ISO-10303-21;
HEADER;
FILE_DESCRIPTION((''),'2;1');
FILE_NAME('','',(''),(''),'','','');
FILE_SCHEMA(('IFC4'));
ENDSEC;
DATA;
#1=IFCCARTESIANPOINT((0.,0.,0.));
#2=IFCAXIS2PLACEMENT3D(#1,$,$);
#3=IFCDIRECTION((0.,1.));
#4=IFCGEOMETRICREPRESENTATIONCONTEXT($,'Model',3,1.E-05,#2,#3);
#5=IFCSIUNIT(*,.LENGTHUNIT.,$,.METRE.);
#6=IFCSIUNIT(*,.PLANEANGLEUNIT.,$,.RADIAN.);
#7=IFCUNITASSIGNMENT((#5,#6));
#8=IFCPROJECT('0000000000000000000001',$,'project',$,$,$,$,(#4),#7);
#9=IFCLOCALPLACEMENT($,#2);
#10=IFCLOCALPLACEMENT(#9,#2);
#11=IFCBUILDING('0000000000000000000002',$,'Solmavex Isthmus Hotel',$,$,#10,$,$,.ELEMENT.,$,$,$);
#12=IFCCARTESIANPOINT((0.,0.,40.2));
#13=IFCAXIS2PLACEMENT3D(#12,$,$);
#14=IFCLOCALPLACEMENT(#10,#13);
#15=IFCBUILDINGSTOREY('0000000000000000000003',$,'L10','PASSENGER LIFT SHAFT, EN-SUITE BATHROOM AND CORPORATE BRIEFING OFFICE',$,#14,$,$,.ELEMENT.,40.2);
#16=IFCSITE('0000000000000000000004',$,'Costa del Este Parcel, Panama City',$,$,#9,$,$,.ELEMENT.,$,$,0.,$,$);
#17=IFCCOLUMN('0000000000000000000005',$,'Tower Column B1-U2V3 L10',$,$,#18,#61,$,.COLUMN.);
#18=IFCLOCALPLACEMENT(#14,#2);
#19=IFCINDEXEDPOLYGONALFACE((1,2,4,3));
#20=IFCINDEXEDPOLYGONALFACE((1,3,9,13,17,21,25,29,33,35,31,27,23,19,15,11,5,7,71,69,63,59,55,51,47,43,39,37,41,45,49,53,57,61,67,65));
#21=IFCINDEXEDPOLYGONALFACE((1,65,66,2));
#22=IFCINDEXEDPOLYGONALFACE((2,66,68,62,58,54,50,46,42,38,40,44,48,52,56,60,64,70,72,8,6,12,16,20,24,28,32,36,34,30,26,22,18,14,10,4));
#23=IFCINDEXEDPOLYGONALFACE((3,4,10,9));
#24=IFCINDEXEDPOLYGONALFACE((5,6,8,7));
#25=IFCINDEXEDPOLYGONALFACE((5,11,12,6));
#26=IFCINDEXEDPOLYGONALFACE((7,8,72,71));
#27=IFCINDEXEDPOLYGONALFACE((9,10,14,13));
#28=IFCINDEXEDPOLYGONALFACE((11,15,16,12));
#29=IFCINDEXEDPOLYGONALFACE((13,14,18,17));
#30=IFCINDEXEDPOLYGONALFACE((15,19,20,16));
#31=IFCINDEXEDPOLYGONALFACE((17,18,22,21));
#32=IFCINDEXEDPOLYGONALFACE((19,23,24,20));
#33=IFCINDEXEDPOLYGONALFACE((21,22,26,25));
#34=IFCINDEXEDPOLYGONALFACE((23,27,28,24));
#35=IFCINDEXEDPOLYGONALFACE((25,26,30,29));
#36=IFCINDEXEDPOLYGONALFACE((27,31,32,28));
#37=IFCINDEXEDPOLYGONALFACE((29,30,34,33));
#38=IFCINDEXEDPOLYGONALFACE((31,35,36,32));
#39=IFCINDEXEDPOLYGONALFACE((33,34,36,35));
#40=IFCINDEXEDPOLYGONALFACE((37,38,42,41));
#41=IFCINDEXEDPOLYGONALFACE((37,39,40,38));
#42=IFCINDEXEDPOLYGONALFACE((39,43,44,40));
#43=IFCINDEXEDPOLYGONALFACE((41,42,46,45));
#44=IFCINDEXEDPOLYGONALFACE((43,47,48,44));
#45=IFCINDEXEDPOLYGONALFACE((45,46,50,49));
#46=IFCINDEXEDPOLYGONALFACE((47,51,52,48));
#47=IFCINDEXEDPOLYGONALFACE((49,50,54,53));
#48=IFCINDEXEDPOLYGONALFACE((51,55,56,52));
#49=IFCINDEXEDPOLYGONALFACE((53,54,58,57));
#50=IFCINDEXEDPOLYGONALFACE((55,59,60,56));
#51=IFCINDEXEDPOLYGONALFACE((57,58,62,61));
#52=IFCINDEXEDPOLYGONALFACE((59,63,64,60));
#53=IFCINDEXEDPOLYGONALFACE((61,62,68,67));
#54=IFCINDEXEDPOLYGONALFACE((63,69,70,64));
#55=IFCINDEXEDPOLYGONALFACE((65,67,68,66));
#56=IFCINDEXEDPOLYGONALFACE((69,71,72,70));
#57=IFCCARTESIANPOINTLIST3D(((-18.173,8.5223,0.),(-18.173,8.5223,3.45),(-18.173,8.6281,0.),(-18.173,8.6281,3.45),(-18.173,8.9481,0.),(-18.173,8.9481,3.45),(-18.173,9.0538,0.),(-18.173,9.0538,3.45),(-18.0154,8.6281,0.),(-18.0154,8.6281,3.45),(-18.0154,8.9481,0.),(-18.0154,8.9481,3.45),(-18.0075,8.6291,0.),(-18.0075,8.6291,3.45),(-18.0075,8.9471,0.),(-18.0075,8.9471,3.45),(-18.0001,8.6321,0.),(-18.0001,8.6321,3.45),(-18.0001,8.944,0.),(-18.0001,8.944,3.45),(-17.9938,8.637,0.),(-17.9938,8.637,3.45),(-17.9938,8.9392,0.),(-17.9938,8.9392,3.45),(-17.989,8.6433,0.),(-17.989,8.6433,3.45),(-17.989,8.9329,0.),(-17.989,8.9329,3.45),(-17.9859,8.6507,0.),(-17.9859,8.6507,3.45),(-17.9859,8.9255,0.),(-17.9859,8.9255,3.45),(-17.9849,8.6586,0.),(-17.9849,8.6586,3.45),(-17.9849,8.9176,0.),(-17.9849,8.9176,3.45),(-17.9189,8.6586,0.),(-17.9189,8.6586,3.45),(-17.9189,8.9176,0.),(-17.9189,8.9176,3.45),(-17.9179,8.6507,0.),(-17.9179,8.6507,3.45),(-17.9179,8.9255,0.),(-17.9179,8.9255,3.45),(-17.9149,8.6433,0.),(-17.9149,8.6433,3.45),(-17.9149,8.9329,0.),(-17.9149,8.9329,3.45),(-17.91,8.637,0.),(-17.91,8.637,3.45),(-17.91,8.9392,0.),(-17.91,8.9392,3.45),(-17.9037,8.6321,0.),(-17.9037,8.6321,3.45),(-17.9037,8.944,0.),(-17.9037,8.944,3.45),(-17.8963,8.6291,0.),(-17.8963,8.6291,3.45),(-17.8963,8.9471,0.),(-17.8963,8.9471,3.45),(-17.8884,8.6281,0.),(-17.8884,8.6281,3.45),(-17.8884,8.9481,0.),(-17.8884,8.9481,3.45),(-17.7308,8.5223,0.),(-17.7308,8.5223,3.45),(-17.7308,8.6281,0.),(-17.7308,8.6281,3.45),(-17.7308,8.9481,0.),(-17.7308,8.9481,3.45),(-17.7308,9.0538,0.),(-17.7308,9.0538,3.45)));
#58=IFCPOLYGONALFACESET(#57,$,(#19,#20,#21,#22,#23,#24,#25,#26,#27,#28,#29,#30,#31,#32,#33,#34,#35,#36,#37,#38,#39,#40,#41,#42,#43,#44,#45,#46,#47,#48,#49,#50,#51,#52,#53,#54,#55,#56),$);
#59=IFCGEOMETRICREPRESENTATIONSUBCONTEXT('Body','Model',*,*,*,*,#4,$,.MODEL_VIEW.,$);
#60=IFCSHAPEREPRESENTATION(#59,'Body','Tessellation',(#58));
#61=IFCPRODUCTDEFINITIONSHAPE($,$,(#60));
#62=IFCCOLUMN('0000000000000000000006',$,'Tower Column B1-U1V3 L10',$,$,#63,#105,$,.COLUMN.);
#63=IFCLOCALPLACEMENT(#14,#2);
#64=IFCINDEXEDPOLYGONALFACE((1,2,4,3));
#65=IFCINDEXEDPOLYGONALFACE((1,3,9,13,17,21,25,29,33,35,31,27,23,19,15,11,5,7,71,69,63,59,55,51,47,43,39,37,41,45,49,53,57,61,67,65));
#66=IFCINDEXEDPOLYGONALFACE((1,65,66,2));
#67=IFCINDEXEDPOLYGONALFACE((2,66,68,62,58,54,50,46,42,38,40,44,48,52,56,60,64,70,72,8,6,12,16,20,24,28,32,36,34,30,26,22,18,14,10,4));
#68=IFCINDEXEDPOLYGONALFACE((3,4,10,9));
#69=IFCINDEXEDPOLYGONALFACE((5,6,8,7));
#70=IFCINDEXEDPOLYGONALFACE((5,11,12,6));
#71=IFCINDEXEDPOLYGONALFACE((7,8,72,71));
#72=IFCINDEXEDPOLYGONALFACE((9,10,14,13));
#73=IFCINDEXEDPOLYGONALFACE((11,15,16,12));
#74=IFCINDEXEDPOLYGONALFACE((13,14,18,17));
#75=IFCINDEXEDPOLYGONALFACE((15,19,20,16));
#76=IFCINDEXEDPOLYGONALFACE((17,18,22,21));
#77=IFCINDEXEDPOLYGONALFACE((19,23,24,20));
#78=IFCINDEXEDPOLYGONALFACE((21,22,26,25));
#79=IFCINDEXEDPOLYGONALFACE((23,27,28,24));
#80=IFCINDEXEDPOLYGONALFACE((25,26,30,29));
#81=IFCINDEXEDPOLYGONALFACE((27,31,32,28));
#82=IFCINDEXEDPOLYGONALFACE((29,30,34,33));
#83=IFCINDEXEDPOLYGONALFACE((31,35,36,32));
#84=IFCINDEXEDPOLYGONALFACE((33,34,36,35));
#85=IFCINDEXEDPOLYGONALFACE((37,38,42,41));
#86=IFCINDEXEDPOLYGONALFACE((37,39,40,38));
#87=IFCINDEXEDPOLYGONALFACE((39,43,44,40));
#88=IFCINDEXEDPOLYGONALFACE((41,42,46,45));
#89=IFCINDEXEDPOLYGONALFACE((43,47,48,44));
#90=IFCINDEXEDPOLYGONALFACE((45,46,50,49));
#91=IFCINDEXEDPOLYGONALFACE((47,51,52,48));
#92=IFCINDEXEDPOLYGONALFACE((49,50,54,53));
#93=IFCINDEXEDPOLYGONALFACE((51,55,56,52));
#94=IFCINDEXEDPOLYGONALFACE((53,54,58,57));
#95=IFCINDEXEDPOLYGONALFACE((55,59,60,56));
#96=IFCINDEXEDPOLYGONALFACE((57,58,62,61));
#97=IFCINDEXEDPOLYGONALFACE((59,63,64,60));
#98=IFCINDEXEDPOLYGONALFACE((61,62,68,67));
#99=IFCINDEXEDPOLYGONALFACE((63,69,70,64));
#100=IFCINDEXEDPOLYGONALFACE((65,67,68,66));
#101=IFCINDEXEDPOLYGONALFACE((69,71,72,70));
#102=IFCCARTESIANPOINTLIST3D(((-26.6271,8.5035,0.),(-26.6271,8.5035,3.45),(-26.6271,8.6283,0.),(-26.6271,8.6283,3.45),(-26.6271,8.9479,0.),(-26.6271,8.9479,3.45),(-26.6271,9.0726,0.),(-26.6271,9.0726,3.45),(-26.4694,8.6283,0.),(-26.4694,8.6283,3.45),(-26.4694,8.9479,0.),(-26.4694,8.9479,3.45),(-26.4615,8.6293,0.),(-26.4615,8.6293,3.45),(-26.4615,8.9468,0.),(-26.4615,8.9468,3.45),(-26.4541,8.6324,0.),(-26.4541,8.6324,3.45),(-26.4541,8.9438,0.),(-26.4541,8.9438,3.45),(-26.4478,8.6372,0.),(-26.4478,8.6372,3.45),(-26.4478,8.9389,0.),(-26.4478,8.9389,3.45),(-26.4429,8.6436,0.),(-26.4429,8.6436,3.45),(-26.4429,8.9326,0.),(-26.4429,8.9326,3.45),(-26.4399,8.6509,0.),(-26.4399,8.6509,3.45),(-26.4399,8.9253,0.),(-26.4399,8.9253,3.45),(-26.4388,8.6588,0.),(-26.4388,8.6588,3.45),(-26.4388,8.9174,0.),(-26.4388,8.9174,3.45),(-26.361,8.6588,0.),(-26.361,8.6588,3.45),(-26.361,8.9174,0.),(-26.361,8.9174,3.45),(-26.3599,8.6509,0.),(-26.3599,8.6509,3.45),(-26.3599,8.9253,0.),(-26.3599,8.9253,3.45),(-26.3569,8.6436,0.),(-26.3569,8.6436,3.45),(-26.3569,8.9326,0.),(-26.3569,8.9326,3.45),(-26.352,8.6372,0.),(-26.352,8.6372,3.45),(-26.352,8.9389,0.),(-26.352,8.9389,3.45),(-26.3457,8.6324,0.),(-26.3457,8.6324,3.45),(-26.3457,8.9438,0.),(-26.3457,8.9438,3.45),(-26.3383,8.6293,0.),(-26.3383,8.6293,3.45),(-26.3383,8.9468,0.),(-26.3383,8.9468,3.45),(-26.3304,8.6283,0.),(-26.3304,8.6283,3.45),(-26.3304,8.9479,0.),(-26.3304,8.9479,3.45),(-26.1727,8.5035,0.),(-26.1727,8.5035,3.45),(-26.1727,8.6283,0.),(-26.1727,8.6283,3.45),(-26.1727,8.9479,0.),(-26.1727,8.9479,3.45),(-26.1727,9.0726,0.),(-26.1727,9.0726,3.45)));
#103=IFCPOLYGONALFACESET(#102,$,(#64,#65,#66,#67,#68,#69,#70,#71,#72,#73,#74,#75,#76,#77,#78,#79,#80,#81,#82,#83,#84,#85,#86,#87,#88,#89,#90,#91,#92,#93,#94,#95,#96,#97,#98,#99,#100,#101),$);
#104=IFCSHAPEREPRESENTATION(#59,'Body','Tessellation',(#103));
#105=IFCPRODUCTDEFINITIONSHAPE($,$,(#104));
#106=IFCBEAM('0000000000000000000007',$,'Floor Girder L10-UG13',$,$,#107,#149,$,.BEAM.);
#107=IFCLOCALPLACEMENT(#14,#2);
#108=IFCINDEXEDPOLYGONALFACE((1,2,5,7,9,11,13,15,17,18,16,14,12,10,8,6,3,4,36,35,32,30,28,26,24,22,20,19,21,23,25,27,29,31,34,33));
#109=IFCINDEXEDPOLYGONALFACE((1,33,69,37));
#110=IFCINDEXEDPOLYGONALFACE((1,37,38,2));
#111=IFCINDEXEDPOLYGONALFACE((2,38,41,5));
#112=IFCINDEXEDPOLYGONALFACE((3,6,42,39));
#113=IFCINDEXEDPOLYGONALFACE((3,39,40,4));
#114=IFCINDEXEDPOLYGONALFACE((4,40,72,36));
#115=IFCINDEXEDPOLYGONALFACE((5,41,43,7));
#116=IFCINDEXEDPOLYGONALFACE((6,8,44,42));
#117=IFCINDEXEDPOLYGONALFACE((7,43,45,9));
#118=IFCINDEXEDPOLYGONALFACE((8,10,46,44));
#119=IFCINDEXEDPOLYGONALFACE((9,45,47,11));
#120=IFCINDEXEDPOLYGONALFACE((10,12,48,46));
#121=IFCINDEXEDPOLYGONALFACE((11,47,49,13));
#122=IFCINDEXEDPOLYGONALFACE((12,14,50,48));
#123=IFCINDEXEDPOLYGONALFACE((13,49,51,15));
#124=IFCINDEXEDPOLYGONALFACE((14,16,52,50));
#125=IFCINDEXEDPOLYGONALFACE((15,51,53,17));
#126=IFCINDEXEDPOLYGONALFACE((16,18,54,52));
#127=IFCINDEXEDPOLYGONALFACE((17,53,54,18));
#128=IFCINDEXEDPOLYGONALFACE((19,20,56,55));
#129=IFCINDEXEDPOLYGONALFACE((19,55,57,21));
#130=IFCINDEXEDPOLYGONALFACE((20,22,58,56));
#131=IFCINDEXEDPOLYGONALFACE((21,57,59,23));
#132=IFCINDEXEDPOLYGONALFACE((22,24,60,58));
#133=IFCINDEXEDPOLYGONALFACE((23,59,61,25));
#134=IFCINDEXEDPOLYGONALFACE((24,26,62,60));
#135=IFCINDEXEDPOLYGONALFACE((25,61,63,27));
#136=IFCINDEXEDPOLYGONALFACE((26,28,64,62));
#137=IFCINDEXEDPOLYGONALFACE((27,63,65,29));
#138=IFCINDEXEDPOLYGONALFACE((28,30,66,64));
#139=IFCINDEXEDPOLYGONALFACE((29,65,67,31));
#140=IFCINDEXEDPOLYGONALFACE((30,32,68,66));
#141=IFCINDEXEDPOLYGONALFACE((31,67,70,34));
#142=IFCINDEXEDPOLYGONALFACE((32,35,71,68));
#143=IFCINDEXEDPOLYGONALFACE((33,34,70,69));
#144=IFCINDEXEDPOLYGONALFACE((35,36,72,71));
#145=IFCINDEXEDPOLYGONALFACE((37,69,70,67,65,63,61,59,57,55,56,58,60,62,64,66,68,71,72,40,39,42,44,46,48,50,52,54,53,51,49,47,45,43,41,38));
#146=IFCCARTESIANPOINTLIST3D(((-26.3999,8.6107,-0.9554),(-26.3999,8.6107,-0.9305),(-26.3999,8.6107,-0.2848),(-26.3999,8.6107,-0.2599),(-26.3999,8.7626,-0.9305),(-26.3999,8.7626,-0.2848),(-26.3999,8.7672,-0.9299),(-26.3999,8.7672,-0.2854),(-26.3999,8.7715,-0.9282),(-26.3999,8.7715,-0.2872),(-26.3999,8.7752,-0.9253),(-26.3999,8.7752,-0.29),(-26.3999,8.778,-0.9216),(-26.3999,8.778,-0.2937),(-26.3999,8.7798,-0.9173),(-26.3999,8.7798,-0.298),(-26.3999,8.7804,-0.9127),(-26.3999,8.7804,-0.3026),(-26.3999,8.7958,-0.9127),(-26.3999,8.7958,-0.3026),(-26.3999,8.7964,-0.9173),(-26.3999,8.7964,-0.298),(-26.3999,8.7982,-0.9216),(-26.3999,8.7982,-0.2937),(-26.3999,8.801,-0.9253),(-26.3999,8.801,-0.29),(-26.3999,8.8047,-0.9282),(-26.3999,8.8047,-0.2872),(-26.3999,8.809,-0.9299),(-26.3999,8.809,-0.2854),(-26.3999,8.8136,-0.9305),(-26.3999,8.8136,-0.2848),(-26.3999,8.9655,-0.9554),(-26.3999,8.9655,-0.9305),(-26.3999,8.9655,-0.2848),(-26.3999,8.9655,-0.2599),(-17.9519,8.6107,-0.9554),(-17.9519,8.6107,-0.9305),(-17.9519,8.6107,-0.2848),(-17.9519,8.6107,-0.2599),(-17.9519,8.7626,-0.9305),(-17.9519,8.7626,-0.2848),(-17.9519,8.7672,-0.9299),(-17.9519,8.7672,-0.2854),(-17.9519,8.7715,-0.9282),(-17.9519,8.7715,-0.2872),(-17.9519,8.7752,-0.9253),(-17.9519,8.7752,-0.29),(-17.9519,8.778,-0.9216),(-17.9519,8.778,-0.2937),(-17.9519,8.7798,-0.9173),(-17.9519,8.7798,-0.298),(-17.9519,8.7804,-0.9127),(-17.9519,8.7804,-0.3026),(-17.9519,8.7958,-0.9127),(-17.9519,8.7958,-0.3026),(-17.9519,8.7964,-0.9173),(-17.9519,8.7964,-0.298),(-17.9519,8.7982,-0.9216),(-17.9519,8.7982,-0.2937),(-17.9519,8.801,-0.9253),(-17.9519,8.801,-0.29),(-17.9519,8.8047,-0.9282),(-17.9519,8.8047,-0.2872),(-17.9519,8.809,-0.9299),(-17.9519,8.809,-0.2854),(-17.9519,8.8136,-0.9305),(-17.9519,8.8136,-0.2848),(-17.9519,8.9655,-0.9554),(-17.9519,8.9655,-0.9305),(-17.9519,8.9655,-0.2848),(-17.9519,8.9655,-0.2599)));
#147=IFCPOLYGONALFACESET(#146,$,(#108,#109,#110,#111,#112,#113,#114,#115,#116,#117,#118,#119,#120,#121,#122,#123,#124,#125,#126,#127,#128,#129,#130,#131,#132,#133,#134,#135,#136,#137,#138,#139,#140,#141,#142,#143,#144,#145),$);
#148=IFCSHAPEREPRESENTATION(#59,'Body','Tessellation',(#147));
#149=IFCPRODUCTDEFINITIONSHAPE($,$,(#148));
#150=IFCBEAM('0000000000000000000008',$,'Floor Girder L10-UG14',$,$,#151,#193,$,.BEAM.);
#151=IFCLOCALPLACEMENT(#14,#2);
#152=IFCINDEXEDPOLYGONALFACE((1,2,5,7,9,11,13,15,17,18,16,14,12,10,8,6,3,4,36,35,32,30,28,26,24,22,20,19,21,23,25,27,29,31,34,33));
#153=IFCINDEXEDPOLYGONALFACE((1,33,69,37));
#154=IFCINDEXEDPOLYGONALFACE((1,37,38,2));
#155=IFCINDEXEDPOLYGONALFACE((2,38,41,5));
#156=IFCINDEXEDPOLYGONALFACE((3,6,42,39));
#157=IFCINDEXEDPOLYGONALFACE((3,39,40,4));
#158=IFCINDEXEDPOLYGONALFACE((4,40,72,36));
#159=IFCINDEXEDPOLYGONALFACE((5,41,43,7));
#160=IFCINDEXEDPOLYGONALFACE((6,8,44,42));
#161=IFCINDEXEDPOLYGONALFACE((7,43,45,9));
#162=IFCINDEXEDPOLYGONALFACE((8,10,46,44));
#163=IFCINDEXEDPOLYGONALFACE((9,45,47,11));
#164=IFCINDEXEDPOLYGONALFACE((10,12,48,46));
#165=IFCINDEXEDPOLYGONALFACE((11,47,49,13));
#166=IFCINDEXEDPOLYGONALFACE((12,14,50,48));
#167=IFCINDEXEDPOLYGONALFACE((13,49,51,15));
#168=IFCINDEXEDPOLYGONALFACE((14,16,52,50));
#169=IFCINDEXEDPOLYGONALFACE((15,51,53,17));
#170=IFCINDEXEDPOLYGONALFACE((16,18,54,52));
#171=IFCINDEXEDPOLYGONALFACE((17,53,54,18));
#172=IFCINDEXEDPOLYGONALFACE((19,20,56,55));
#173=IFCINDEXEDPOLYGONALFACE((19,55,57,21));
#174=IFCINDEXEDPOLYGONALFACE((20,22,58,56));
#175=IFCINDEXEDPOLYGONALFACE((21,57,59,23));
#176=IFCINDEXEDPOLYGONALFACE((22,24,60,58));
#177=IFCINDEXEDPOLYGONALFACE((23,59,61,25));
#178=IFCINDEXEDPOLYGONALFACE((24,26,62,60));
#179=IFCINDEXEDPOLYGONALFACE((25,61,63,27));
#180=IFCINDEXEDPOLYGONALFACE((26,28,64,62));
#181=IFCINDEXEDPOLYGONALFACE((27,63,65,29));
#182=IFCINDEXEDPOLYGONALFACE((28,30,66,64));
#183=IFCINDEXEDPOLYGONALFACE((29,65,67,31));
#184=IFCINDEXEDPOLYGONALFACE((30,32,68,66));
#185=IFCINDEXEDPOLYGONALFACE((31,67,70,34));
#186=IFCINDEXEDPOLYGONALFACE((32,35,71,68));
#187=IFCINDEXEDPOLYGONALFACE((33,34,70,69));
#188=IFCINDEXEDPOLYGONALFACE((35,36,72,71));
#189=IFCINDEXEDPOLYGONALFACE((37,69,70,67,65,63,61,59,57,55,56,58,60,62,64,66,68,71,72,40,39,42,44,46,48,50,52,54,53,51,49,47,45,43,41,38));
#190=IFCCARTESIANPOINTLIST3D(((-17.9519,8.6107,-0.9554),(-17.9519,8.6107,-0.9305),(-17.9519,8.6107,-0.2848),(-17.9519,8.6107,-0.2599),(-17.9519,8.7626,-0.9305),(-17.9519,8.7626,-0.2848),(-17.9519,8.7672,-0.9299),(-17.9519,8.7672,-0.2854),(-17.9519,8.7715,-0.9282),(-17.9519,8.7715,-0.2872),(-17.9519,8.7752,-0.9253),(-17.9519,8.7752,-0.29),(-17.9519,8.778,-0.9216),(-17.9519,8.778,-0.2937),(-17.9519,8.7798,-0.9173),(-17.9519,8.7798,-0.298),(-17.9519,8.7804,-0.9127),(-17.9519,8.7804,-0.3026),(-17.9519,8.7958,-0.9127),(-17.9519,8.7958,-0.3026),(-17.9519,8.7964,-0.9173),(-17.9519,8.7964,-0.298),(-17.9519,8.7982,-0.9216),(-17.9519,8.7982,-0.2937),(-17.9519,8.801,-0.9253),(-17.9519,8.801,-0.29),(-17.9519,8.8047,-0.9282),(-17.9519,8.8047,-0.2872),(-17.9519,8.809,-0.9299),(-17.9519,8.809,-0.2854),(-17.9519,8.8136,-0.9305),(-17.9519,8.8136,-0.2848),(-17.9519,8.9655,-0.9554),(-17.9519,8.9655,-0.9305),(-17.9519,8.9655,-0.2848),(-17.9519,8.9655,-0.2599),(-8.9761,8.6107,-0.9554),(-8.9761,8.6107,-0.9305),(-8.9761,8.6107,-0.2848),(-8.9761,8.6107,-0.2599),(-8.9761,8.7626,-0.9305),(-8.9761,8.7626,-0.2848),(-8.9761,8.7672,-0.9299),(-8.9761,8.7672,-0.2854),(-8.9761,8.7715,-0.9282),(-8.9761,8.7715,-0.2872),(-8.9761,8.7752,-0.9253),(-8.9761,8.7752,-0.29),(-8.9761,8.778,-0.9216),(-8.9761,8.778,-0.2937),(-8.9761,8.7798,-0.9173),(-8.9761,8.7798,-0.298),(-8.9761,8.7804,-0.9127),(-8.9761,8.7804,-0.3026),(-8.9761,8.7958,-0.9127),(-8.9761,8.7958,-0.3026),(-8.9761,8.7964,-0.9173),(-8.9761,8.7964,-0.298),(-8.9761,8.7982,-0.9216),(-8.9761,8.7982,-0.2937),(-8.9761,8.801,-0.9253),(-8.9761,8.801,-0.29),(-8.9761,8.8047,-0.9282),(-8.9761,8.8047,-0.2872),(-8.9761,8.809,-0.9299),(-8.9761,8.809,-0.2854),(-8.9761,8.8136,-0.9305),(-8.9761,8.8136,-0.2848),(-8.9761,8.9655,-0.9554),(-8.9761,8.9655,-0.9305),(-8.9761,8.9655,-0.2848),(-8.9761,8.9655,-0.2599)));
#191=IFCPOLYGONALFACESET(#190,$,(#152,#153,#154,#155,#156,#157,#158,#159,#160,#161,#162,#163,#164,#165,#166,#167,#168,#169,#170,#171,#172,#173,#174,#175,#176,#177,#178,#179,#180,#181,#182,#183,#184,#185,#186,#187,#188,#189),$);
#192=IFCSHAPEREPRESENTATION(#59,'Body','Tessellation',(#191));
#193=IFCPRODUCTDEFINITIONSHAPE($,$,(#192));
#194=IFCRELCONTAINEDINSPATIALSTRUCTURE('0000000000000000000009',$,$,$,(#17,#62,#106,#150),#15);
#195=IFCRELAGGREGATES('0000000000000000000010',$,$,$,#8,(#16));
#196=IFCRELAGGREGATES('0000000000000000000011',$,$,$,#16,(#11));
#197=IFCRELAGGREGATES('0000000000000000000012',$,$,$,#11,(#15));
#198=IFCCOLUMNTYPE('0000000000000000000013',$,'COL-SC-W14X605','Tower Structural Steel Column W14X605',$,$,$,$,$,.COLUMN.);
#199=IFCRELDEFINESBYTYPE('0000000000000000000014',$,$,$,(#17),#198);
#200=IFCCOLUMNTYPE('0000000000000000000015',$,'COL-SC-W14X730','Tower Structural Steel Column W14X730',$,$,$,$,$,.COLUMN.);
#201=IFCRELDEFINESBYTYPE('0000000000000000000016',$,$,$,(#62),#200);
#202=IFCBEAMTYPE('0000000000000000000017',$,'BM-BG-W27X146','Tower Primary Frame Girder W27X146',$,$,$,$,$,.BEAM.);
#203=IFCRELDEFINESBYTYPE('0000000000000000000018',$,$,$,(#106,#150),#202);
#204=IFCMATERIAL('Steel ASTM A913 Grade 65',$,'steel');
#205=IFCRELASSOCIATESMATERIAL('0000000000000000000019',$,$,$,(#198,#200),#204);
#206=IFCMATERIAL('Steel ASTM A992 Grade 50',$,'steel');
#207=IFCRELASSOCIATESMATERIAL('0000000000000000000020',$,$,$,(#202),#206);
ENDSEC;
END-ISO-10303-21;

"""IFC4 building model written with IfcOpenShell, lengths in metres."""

from ifc_helpers import new_model, si_unit, direction, frame, origin, origin_2d, place, context, subcontext, project, spatial, i_section, extrude, material, material_profile, profile_set, type_object, element, save


model = new_model("IFC4")

# Units and contexts
model_context = context("Model", 3, precision=1e-05, world=origin(), true_north=direction((0.0, 1.0)))
body_context = subcontext(model_context, "Body", "Model", "MODEL_VIEW")
ifc_project = project(units=[si_unit("LENGTHUNIT", "METRE"), si_unit("PLANEANGLEUNIT", "RADIAN")], contexts=[model_context])

# Site, building, storey
site_placement = place(None, origin())
site = spatial("IfcSite", under=ifc_project, at=site_placement, Name="Costa del Este Parcel, Panama City", CompositionType="ELEMENT", RefElevation=0.0)
building_placement = place(site_placement, origin())
building = spatial("IfcBuilding", under=site, at=building_placement, Name="Solmavex Isthmus Hotel", CompositionType="ELEMENT")
storey_placement = place(building_placement, frame((0.0, 0.0, 40.2)))
storey = spatial("IfcBuildingStorey", under=building, at=storey_placement, Name="L10", Description="PASSENGER LIFT SHAFT, EN-SUITE BATHROOM AND CORPORATE BRIEFING OFFICE", CompositionType="ELEMENT", Elevation=40.2)

# Columns
ifc_material_1 = material(Name="Steel ASTM A913 Grade 65", Category="steel")
ifc_material_profile_1 = material_profile(ifc_material_1, i_section(OverallWidth=0.4421, OverallDepth=0.5315, WebThickness=0.0659, FlangeThickness=0.1057, FilletRadius=0.0305, at=origin_2d()), Name="W14X605")
ifc_profile_set_1 = profile_set([ifc_material_profile_1], Name="Steel ASTM A913 Grade 65")
column_type_1 = type_object("IfcColumnType", Name="COL-SC-W14X605", Description="Tower Structural Steel Column W14X605", PredefinedType="COLUMN", material=ifc_profile_set_1)
column_1_placement = place(storey_placement, frame((-17.9519, 8.7881, 0.0), z_axis=(0.0, 0.0, 1.0), x_axis=(1.0, 0.0, 0.0)))
element("IfcColumn", 1, at=column_1_placement, inside=storey, type_object=column_type_1, Name="Tower Column B1-U2V3 L10", PredefinedType="COLUMN", context=body_context, shape_type="SweptSolid", body=[
    extrude(i_section(OverallWidth=0.4421, OverallDepth=0.5315, WebThickness=0.0659, FlangeThickness=0.1057, FilletRadius=0.0305, at=origin_2d()), origin(), (0.0, 0.0, 1.0), 3.45),
])
ifc_material_profile_2 = material_profile(ifc_material_1, i_section(OverallWidth=0.4543, OverallDepth=0.5691, WebThickness=0.0779, FlangeThickness=0.1248, FilletRadius=0.0305, at=origin_2d()), Name="W14X730")
ifc_profile_set_2 = profile_set([ifc_material_profile_2], Name="Steel ASTM A913 Grade 65")
column_type_2 = type_object("IfcColumnType", Name="COL-SC-W14X730", Description="Tower Structural Steel Column W14X730", PredefinedType="COLUMN", material=ifc_profile_set_2)
column_2_placement = place(storey_placement, frame((-26.3999, 8.7881, 0.0), z_axis=(0.0, 0.0, 1.0), x_axis=(1.0, 0.0, 0.0)))
element("IfcColumn", 2, at=column_2_placement, inside=storey, type_object=column_type_2, Name="Tower Column B1-U1V3 L10", PredefinedType="COLUMN", context=body_context, shape_type="SweptSolid", body=[
    extrude(i_section(OverallWidth=0.4543, OverallDepth=0.5691, WebThickness=0.0779, FlangeThickness=0.1248, FilletRadius=0.0305, at=origin_2d()), origin(), (0.0, 0.0, 1.0), 3.45),
])

# Beams
ifc_material_2 = material(Name="Steel ASTM A992 Grade 50", Category="steel")
ifc_material_profile_3 = material_profile(ifc_material_2, i_section(OverallWidth=0.3547, OverallDepth=0.6956, WebThickness=0.0154, FlangeThickness=0.0249, FilletRadius=0.0178, at=origin_2d()), Name="W27X146")
ifc_profile_set_3 = profile_set([ifc_material_profile_3], Name="Steel ASTM A992 Grade 50")
beam_type_1 = type_object("IfcBeamType", Name="BM-BG-W27X146", Description="Tower Primary Frame Girder W27X146", PredefinedType="BEAM", material=ifc_profile_set_3)
beam_1_placement = place(storey_placement, frame((-26.3999, 8.7881, -0.6077), z_axis=(1.0, 0.0, 0.0), x_axis=(0.0, 1.0, 0.0)))
element("IfcBeam", 3, at=beam_1_placement, inside=storey, type_object=beam_type_1, Name="Floor Girder L10-UG13", PredefinedType="BEAM", context=body_context, shape_type="SweptSolid", body=[
    extrude(i_section(OverallWidth=0.3547, OverallDepth=0.6956, WebThickness=0.0154, FlangeThickness=0.0249, FilletRadius=0.0178, at=origin_2d()), origin(), (0.0, 0.0, 1.0), 8.448),
])
beam_2_placement = place(storey_placement, frame((-17.9519, 8.7881, -0.6077), z_axis=(1.0, 0.0, 0.0), x_axis=(0.0, 1.0, 0.0)))
element("IfcBeam", 4, at=beam_2_placement, inside=storey, type_object=beam_type_1, Name="Floor Girder L10-UG14", PredefinedType="BEAM", context=body_context, shape_type="SweptSolid", body=[
    extrude(i_section(OverallWidth=0.3547, OverallDepth=0.6956, WebThickness=0.0154, FlangeThickness=0.0249, FilletRadius=0.0178, at=origin_2d()), origin(), (0.0, 0.0, 1.0), 8.9758),
])

save(model, "model.ifc")
